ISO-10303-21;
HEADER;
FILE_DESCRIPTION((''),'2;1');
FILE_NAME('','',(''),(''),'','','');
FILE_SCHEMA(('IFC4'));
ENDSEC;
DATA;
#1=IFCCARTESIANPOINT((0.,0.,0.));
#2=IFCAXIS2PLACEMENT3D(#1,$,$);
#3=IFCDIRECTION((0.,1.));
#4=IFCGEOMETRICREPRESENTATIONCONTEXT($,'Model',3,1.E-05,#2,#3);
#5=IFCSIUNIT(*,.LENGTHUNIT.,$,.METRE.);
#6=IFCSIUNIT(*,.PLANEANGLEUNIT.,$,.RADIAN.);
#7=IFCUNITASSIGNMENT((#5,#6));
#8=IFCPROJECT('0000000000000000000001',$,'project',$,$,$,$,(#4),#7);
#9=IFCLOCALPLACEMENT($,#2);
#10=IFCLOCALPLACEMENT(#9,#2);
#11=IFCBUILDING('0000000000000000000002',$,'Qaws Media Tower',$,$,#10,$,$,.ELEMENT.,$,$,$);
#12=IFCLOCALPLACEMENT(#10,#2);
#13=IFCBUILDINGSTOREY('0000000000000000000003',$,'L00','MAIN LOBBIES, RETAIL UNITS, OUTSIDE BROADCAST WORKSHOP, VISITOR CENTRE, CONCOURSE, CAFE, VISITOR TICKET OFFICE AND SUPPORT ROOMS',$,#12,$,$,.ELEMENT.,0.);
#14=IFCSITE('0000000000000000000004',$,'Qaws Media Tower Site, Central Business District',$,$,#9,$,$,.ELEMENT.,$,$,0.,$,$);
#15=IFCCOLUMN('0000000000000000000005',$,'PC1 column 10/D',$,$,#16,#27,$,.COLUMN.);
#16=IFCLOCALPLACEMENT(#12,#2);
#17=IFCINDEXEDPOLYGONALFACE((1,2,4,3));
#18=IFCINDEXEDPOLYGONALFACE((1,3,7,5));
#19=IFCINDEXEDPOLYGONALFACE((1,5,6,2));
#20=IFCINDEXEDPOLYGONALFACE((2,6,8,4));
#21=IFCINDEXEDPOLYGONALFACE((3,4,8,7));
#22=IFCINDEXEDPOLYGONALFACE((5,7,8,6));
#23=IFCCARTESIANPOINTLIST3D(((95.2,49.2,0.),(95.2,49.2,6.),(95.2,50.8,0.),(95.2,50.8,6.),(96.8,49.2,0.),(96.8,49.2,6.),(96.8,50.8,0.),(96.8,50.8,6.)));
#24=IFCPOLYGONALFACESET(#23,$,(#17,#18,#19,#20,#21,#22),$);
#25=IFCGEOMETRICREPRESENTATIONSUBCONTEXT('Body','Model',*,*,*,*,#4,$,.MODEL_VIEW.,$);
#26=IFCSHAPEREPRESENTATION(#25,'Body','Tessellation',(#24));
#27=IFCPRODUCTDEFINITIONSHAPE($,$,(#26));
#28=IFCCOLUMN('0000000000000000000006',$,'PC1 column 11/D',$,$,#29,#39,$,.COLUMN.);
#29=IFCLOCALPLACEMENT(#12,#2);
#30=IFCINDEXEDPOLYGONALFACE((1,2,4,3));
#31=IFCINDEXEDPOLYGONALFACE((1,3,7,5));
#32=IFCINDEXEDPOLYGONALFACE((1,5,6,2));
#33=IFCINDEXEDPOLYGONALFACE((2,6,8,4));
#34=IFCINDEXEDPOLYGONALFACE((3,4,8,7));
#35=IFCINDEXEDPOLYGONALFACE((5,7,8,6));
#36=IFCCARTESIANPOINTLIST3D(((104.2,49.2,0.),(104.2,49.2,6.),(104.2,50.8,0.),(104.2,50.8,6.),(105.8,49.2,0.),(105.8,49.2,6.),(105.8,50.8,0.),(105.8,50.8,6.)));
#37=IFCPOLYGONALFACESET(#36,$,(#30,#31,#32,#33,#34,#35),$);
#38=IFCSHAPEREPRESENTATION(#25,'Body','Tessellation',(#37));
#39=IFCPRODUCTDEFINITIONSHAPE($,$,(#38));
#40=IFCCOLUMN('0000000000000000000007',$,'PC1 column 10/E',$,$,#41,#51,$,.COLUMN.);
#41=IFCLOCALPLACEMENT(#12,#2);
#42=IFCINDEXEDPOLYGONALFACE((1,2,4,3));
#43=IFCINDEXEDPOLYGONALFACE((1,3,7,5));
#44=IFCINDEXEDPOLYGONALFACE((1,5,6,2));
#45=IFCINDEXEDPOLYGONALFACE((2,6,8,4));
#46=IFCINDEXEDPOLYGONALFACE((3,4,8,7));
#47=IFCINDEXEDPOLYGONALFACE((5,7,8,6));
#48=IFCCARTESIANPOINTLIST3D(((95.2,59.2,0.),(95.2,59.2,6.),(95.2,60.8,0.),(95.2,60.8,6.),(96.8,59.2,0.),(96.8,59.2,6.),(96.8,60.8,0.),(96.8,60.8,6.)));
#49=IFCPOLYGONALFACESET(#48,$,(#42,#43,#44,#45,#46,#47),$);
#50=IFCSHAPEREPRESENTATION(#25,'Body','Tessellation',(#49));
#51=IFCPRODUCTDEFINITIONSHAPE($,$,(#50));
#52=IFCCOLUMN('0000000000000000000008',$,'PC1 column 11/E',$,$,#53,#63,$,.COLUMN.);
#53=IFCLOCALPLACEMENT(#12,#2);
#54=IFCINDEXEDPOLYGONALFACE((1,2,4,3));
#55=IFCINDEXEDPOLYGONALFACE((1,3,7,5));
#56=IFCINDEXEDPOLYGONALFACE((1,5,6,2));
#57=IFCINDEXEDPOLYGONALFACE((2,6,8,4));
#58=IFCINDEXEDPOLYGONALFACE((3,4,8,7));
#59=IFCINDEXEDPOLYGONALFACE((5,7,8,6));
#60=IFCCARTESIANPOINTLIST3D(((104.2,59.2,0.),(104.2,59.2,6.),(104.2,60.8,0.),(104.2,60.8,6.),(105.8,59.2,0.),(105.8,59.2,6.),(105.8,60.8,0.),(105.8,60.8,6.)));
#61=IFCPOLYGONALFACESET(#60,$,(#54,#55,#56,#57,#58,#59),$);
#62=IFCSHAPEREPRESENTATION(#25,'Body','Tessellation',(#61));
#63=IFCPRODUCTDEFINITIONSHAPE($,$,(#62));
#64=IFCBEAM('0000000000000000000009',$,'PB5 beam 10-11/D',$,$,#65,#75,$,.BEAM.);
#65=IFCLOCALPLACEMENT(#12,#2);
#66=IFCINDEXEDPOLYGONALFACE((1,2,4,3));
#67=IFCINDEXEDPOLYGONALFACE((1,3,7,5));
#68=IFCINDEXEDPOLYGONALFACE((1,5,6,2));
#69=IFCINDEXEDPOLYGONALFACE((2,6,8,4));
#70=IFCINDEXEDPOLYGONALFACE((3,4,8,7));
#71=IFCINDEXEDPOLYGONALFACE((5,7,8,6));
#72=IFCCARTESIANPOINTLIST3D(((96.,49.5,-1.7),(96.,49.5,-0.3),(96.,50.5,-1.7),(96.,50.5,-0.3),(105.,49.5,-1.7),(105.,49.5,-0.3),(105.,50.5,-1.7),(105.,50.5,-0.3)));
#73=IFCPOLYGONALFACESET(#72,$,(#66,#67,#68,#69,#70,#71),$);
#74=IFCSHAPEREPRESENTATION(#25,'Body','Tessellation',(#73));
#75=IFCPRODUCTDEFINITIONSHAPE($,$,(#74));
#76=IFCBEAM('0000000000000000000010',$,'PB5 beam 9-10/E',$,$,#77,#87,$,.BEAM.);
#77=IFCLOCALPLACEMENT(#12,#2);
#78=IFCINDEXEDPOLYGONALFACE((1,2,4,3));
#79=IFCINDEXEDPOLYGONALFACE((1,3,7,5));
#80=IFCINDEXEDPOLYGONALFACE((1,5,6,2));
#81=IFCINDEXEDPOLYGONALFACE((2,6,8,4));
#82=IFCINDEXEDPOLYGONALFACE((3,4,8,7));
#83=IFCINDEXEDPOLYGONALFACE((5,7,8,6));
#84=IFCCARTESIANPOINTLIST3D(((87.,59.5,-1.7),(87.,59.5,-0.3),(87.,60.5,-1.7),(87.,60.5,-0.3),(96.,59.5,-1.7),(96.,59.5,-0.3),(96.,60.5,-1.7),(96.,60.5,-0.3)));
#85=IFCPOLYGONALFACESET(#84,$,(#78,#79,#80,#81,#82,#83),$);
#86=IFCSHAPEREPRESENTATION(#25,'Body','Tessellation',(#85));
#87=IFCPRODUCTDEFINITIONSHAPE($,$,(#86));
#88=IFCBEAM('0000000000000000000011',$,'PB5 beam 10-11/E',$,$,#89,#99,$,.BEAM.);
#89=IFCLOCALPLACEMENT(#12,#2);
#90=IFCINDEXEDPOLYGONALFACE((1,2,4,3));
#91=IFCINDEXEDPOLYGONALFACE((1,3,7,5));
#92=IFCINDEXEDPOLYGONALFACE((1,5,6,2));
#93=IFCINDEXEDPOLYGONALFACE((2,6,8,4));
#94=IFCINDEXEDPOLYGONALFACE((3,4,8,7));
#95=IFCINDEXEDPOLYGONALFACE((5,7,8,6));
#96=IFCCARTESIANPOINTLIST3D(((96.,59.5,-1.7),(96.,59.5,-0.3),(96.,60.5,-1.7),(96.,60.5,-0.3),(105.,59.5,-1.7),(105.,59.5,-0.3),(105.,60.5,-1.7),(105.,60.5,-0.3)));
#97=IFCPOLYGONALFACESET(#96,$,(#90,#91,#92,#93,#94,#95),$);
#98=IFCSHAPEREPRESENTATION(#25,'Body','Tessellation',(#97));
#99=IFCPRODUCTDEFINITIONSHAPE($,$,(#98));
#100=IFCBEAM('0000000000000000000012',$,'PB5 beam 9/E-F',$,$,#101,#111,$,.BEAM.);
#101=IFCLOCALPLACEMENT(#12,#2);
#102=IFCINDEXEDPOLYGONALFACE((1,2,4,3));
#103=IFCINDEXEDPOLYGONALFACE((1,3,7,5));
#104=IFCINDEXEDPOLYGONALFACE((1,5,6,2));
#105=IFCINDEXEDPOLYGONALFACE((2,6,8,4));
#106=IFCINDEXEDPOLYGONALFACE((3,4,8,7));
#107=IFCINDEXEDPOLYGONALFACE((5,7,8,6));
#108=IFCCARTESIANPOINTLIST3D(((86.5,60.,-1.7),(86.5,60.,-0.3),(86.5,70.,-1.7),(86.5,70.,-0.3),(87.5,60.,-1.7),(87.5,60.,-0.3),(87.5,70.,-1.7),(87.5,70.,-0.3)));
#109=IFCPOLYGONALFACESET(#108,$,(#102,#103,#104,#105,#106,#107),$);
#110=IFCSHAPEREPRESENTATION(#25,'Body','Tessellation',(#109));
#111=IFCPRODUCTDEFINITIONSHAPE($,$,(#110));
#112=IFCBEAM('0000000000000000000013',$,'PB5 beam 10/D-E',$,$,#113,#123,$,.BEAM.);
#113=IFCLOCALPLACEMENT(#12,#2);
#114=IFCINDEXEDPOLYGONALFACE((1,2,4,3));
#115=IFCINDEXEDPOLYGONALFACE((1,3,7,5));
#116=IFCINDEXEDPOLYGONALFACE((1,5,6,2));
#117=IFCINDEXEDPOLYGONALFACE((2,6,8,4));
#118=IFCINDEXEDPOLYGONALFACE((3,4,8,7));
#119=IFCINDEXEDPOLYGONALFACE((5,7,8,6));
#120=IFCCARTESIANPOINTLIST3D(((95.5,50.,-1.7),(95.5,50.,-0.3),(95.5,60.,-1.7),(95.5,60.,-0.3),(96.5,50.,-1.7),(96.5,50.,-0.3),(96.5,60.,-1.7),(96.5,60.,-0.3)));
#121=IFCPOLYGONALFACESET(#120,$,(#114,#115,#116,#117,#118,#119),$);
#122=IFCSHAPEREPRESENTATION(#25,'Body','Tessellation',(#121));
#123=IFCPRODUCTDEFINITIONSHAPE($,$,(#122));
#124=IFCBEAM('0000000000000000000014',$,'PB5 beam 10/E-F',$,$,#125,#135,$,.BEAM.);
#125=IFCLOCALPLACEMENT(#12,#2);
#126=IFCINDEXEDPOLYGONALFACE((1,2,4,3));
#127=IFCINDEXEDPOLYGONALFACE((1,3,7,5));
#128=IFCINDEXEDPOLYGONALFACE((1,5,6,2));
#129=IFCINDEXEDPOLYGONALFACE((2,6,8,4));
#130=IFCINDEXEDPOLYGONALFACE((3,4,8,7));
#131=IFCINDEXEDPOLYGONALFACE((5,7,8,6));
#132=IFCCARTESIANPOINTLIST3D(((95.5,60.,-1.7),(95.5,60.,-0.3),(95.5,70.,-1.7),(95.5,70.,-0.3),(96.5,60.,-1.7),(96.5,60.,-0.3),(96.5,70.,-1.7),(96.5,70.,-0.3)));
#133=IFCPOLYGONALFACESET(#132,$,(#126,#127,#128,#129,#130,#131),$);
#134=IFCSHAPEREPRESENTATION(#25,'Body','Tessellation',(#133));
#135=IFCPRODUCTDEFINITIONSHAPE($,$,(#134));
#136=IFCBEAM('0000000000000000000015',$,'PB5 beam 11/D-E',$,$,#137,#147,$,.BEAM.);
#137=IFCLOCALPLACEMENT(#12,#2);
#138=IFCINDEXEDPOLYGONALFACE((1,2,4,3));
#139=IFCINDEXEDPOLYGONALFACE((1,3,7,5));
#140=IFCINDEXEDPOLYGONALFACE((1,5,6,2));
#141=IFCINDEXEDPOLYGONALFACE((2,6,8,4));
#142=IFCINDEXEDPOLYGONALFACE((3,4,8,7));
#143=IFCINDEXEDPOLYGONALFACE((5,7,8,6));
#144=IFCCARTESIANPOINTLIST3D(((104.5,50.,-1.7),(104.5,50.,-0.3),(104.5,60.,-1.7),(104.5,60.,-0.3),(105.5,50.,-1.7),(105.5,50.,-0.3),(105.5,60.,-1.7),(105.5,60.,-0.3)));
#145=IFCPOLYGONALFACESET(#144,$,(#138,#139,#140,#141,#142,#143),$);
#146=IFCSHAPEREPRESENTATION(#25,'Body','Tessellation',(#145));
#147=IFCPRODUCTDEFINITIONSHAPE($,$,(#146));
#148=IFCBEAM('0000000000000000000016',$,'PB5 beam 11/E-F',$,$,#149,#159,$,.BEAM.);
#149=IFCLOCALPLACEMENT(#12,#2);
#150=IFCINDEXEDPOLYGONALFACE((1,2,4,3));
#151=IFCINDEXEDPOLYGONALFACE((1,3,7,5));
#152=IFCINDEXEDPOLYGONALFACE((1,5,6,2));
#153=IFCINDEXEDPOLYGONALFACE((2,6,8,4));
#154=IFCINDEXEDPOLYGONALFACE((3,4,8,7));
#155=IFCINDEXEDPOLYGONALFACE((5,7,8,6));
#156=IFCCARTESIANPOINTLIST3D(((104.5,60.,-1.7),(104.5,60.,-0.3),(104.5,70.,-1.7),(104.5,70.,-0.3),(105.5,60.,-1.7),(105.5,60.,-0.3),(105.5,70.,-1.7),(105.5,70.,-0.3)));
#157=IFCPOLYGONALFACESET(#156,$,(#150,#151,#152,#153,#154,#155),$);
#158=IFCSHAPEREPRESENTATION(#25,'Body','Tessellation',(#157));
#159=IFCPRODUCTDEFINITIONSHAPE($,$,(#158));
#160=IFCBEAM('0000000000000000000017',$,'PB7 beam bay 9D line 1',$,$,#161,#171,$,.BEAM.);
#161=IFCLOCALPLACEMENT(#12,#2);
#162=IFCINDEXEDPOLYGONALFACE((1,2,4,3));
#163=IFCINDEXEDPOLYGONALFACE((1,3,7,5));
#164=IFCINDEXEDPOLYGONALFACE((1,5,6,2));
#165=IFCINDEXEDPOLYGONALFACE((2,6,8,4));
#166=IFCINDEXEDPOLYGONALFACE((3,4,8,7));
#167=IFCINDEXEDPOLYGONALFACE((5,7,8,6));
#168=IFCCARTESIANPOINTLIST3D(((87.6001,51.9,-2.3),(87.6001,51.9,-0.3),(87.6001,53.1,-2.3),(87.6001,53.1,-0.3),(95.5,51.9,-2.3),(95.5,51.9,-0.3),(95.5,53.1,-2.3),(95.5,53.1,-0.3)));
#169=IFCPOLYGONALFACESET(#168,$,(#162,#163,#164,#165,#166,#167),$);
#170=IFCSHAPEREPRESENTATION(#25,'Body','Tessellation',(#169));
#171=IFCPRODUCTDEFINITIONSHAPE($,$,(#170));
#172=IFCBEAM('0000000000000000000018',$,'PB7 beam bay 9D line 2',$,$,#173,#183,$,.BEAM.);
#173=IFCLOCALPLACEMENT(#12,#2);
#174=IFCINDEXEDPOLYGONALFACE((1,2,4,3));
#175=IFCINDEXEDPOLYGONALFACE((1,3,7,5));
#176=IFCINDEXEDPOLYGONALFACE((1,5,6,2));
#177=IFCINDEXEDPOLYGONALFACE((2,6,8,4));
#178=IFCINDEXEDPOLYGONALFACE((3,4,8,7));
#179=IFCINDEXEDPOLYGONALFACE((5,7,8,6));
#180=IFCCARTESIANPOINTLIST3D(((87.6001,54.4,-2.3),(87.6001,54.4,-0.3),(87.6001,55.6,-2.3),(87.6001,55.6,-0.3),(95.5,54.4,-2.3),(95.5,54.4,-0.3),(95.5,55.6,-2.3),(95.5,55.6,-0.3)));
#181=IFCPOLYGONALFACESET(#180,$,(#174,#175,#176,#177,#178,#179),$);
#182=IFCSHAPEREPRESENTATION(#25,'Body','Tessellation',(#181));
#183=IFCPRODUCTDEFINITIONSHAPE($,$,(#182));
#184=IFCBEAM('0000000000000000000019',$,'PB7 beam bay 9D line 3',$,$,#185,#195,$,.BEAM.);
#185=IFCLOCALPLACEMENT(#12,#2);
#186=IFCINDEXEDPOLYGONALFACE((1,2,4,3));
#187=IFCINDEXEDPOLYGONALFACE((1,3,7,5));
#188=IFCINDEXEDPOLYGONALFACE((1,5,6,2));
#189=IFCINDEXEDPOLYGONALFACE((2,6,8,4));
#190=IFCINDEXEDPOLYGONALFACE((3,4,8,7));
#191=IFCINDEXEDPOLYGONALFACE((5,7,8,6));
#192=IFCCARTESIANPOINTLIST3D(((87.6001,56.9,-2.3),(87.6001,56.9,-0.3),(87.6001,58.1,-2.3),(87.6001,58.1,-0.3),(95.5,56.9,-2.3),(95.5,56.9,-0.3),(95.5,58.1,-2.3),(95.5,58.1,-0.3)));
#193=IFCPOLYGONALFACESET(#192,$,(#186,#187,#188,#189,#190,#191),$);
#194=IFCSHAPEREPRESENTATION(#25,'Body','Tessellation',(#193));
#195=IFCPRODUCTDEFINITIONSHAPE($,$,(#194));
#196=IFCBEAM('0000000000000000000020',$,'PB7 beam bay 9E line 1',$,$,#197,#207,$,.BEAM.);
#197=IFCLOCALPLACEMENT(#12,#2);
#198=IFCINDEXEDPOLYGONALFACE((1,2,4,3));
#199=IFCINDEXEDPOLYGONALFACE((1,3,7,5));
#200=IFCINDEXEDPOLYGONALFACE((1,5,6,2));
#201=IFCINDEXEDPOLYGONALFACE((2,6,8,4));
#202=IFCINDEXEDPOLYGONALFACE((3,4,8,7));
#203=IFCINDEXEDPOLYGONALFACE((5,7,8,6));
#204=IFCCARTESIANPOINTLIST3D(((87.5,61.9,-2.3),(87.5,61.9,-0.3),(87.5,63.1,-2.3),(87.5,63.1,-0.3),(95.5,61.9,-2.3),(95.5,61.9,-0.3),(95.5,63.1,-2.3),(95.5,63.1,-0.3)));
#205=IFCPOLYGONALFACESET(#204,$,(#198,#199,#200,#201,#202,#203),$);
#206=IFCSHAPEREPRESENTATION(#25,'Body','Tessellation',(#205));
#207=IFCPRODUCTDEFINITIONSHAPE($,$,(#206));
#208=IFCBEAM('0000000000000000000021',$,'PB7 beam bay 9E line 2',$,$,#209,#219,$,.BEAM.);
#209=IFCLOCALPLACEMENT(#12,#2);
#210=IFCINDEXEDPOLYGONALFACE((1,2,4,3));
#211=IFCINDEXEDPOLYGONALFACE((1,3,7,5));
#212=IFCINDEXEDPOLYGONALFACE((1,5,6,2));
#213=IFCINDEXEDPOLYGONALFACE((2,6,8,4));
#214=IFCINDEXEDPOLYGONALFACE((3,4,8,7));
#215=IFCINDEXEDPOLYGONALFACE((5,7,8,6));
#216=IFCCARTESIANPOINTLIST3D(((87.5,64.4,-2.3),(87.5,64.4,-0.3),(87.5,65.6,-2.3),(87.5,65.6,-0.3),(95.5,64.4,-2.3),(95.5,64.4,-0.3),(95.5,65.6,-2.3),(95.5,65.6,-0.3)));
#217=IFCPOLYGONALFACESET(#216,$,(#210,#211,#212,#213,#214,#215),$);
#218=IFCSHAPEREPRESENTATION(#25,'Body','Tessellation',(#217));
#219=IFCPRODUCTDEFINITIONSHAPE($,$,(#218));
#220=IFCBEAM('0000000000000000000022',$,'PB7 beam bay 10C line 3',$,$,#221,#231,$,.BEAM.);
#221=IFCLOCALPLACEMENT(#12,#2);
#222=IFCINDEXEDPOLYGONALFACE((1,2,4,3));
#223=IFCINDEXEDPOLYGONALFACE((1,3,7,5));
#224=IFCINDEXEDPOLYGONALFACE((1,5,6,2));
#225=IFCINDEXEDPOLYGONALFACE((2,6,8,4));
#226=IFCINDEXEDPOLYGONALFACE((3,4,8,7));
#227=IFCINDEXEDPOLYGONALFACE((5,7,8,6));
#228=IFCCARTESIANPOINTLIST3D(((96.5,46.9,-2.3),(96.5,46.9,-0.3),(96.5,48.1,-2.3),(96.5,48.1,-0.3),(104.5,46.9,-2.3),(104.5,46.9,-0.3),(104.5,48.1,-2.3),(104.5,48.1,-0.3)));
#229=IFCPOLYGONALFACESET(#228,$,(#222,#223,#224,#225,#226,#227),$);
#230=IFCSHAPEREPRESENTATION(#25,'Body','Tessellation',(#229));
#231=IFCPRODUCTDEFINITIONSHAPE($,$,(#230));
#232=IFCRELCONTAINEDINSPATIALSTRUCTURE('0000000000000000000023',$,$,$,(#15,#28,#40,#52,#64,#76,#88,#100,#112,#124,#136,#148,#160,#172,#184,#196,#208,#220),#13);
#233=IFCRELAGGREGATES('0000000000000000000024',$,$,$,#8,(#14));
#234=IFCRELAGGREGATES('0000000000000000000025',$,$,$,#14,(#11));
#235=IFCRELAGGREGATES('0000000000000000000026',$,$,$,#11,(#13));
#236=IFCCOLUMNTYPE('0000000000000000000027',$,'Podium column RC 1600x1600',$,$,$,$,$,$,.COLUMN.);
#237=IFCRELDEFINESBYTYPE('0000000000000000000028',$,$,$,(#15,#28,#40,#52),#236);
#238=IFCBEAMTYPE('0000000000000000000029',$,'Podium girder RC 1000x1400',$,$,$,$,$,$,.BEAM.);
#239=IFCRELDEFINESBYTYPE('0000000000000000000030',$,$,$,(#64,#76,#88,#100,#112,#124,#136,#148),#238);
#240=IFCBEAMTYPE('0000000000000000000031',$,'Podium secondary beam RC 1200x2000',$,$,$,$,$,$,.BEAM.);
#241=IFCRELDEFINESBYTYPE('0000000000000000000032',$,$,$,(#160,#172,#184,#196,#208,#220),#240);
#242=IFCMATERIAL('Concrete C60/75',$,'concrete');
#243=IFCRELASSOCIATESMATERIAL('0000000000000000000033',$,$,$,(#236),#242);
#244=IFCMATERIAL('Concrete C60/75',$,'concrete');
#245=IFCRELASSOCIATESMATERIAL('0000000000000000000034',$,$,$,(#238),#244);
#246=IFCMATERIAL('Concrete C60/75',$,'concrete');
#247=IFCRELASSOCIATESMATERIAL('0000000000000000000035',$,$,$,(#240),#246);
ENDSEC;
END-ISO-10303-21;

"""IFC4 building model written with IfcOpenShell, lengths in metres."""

from ifc_helpers import new_model, si_unit, direction, frame, origin, origin_2d, place, context, subcontext, project, spatial, rectangle, extrude, material, material_profile, profile_set, type_object, element, save


model = new_model("IFC4")

# Units and contexts
model_context = context("Model", 3, precision=1e-05, world=origin(), true_north=direction((0.0, 1.0)))
body_context = subcontext(model_context, "Body", "Model", "MODEL_VIEW")
ifc_project = project(units=[si_unit("LENGTHUNIT", "METRE"), si_unit("PLANEANGLEUNIT", "RADIAN")], contexts=[model_context])

# Site, building, storey
site_placement = place(None, origin())
site = spatial("IfcSite", under=ifc_project, at=site_placement, Name="Qaws Media Tower Site, Central Business District", CompositionType="ELEMENT", RefElevation=0.0)
building_placement = place(site_placement, origin())
building = spatial("IfcBuilding", under=site, at=building_placement, Name="Qaws Media Tower", CompositionType="ELEMENT")
storey_placement = place(building_placement, origin())
storey = spatial("IfcBuildingStorey", under=building, at=storey_placement, Name="L00", Description="MAIN LOBBIES, RETAIL UNITS, OUTSIDE BROADCAST WORKSHOP, VISITOR CENTRE, CONCOURSE, CAFE, VISITOR TICKET OFFICE AND SUPPORT ROOMS", CompositionType="ELEMENT", Elevation=0.0)

# Columns
ifc_material_1 = material(Name="Concrete C60/75", Category="concrete")
ifc_material_profile_1 = material_profile(ifc_material_1, rectangle(XDim=1.6001, YDim=1.6001, at=origin_2d()), Name="RC 1600x1600")
ifc_profile_set_1 = profile_set([ifc_material_profile_1], Name="Concrete C60/75")
column_type = type_object("IfcColumnType", Name="Podium column RC 1600x1600", PredefinedType="COLUMN", material=ifc_profile_set_1)
for number, where, z_axis, x_axis, name in (
    (1, (96.0, 50.0, 0.0), (0.0, 0.0, 1.0), (1.0, 0.0, 0.0), "PC1 column 10/D"),
    (2, (105.0, 50.0, 0.0), (0.0, 0.0, 1.0), (1.0, 0.0, 0.0), "PC1 column 11/D"),
    (3, (96.0, 60.0, 0.0), (0.0, 0.0, 1.0), (1.0, 0.0, 0.0), "PC1 column 10/E"),
    (4, (105.0, 60.0, 0.0), (0.0, 0.0, 1.0), (1.0, 0.0, 0.0), "PC1 column 11/E"),
):
    element("IfcColumn", number, at=place(storey_placement, frame(where, z_axis=z_axis, x_axis=x_axis)), inside=storey, type_object=column_type, Name=name, PredefinedType="COLUMN", context=body_context, shape_type="SweptSolid", body=[
        extrude(rectangle(XDim=1.6001, YDim=1.6001, at=origin_2d()), origin(), (0.0, 0.0, 1.0), 6.0),
    ])

# Beams
ifc_material_2 = material(Name="Concrete C60/75", Category="concrete")
ifc_material_profile_2 = material_profile(ifc_material_2, rectangle(XDim=1.0, YDim=1.3999, at=origin_2d()), Name="RC 1000x1400")
ifc_profile_set_2 = profile_set([ifc_material_profile_2], Name="Concrete C60/75")
beam_type_1 = type_object("IfcBeamType", Name="Podium girder RC 1000x1400", PredefinedType="BEAM", material=ifc_profile_set_2)
for number, where, z_axis, x_axis, name in (
    (5, (96.0, 50.0, -1.0), (1.0, 0.0, 0.0), (0.0, 1.0, 0.0), "PB5 beam 10-11/D"),
    (6, (87.0, 60.0, -1.0), (1.0, 0.0, 0.0), (0.0, 1.0, 0.0), "PB5 beam 9-10/E"),
    (7, (96.0, 60.0, -1.0), (1.0, 0.0, 0.0), (0.0, 1.0, 0.0), "PB5 beam 10-11/E"),
):
    element("IfcBeam", number, at=place(storey_placement, frame(where, z_axis=z_axis, x_axis=x_axis)), inside=storey, type_object=beam_type_1, Name=name, PredefinedType="BEAM", context=body_context, shape_type="SweptSolid", body=[
        extrude(rectangle(XDim=1.0, YDim=1.3999, at=origin_2d()), origin(), (0.0, 0.0, 1.0), 9.0),
    ])
for number, where, z_axis, x_axis, name in (
    (8, (87.0, 60.0, -1.0), (0.0, 1.0, 0.0), (-1.0, 0.0, 0.0), "PB5 beam 9/E-F"),
    (9, (96.0, 50.0, -1.0), (0.0, 1.0, 0.0), (-1.0, 0.0, 0.0), "PB5 beam 10/D-E"),
    (10, (96.0, 60.0, -1.0), (0.0, 1.0, 0.0), (-1.0, 0.0, 0.0), "PB5 beam 10/E-F"),
    (11, (105.0, 50.0, -1.0), (0.0, 1.0, 0.0), (-1.0, 0.0, 0.0), "PB5 beam 11/D-E"),
    (12, (105.0, 60.0, -1.0), (0.0, 1.0, 0.0), (-1.0, 0.0, 0.0), "PB5 beam 11/E-F"),
):
    element("IfcBeam", number, at=place(storey_placement, frame(where, z_axis=z_axis, x_axis=x_axis)), inside=storey, type_object=beam_type_1, Name=name, PredefinedType="BEAM", context=body_context, shape_type="SweptSolid", body=[
        extrude(rectangle(XDim=1.0, YDim=1.3999, at=origin_2d()), origin(), (0.0, 0.0, 1.0), 10.0),
    ])
ifc_material_3 = material(Name="Concrete C60/75", Category="concrete")
ifc_material_profile_3 = material_profile(ifc_material_3, rectangle(XDim=1.2, YDim=2.0, at=origin_2d()), Name="RC 1200x2000")
ifc_profile_set_3 = profile_set([ifc_material_profile_3], Name="Concrete C60/75")
beam_type_2 = type_object("IfcBeamType", Name="Podium secondary beam RC 1200x2000", PredefinedType="BEAM", material=ifc_profile_set_3)
for number, where, z_axis, x_axis, name in (
    (13, (87.6001, 52.5, -1.3), (1.0, 0.0, 0.0), (0.0, 1.0, 0.0), "PB7 beam bay 9D line 1"),
    (14, (87.6001, 55.0, -1.3), (1.0, 0.0, 0.0), (0.0, 1.0, 0.0), "PB7 beam bay 9D line 2"),
    (15, (87.6001, 57.5, -1.3), (1.0, 0.0, 0.0), (0.0, 1.0, 0.0), "PB7 beam bay 9D line 3"),
):
    element("IfcBeam", number, at=place(storey_placement, frame(where, z_axis=z_axis, x_axis=x_axis)), inside=storey, type_object=beam_type_2, Name=name, PredefinedType="BEAM", context=body_context, shape_type="SweptSolid", body=[
        extrude(rectangle(XDim=1.2, YDim=2.0, at=origin_2d()), origin(), (0.0, 0.0, 1.0), 7.8999),
    ])
for number, where, z_axis, x_axis, name in (
    (16, (87.5, 62.5, -1.3), (1.0, 0.0, 0.0), (0.0, 1.0, 0.0), "PB7 beam bay 9E line 1"),
    (17, (87.5, 65.0, -1.3), (1.0, 0.0, 0.0), (0.0, 1.0, 0.0), "PB7 beam bay 9E line 2"),
    (18, (96.5, 47.5, -1.3), (1.0, 0.0, 0.0), (0.0, 1.0, 0.0), "PB7 beam bay 10C line 3"),
):
    element("IfcBeam", number, at=place(storey_placement, frame(where, z_axis=z_axis, x_axis=x_axis)), inside=storey, type_object=beam_type_2, Name=name, PredefinedType="BEAM", context=body_context, shape_type="SweptSolid", body=[
        extrude(rectangle(XDim=1.2, YDim=2.0, at=origin_2d()), origin(), (0.0, 0.0, 1.0), 8.0),
    ])

save(model, "model.ifc")
